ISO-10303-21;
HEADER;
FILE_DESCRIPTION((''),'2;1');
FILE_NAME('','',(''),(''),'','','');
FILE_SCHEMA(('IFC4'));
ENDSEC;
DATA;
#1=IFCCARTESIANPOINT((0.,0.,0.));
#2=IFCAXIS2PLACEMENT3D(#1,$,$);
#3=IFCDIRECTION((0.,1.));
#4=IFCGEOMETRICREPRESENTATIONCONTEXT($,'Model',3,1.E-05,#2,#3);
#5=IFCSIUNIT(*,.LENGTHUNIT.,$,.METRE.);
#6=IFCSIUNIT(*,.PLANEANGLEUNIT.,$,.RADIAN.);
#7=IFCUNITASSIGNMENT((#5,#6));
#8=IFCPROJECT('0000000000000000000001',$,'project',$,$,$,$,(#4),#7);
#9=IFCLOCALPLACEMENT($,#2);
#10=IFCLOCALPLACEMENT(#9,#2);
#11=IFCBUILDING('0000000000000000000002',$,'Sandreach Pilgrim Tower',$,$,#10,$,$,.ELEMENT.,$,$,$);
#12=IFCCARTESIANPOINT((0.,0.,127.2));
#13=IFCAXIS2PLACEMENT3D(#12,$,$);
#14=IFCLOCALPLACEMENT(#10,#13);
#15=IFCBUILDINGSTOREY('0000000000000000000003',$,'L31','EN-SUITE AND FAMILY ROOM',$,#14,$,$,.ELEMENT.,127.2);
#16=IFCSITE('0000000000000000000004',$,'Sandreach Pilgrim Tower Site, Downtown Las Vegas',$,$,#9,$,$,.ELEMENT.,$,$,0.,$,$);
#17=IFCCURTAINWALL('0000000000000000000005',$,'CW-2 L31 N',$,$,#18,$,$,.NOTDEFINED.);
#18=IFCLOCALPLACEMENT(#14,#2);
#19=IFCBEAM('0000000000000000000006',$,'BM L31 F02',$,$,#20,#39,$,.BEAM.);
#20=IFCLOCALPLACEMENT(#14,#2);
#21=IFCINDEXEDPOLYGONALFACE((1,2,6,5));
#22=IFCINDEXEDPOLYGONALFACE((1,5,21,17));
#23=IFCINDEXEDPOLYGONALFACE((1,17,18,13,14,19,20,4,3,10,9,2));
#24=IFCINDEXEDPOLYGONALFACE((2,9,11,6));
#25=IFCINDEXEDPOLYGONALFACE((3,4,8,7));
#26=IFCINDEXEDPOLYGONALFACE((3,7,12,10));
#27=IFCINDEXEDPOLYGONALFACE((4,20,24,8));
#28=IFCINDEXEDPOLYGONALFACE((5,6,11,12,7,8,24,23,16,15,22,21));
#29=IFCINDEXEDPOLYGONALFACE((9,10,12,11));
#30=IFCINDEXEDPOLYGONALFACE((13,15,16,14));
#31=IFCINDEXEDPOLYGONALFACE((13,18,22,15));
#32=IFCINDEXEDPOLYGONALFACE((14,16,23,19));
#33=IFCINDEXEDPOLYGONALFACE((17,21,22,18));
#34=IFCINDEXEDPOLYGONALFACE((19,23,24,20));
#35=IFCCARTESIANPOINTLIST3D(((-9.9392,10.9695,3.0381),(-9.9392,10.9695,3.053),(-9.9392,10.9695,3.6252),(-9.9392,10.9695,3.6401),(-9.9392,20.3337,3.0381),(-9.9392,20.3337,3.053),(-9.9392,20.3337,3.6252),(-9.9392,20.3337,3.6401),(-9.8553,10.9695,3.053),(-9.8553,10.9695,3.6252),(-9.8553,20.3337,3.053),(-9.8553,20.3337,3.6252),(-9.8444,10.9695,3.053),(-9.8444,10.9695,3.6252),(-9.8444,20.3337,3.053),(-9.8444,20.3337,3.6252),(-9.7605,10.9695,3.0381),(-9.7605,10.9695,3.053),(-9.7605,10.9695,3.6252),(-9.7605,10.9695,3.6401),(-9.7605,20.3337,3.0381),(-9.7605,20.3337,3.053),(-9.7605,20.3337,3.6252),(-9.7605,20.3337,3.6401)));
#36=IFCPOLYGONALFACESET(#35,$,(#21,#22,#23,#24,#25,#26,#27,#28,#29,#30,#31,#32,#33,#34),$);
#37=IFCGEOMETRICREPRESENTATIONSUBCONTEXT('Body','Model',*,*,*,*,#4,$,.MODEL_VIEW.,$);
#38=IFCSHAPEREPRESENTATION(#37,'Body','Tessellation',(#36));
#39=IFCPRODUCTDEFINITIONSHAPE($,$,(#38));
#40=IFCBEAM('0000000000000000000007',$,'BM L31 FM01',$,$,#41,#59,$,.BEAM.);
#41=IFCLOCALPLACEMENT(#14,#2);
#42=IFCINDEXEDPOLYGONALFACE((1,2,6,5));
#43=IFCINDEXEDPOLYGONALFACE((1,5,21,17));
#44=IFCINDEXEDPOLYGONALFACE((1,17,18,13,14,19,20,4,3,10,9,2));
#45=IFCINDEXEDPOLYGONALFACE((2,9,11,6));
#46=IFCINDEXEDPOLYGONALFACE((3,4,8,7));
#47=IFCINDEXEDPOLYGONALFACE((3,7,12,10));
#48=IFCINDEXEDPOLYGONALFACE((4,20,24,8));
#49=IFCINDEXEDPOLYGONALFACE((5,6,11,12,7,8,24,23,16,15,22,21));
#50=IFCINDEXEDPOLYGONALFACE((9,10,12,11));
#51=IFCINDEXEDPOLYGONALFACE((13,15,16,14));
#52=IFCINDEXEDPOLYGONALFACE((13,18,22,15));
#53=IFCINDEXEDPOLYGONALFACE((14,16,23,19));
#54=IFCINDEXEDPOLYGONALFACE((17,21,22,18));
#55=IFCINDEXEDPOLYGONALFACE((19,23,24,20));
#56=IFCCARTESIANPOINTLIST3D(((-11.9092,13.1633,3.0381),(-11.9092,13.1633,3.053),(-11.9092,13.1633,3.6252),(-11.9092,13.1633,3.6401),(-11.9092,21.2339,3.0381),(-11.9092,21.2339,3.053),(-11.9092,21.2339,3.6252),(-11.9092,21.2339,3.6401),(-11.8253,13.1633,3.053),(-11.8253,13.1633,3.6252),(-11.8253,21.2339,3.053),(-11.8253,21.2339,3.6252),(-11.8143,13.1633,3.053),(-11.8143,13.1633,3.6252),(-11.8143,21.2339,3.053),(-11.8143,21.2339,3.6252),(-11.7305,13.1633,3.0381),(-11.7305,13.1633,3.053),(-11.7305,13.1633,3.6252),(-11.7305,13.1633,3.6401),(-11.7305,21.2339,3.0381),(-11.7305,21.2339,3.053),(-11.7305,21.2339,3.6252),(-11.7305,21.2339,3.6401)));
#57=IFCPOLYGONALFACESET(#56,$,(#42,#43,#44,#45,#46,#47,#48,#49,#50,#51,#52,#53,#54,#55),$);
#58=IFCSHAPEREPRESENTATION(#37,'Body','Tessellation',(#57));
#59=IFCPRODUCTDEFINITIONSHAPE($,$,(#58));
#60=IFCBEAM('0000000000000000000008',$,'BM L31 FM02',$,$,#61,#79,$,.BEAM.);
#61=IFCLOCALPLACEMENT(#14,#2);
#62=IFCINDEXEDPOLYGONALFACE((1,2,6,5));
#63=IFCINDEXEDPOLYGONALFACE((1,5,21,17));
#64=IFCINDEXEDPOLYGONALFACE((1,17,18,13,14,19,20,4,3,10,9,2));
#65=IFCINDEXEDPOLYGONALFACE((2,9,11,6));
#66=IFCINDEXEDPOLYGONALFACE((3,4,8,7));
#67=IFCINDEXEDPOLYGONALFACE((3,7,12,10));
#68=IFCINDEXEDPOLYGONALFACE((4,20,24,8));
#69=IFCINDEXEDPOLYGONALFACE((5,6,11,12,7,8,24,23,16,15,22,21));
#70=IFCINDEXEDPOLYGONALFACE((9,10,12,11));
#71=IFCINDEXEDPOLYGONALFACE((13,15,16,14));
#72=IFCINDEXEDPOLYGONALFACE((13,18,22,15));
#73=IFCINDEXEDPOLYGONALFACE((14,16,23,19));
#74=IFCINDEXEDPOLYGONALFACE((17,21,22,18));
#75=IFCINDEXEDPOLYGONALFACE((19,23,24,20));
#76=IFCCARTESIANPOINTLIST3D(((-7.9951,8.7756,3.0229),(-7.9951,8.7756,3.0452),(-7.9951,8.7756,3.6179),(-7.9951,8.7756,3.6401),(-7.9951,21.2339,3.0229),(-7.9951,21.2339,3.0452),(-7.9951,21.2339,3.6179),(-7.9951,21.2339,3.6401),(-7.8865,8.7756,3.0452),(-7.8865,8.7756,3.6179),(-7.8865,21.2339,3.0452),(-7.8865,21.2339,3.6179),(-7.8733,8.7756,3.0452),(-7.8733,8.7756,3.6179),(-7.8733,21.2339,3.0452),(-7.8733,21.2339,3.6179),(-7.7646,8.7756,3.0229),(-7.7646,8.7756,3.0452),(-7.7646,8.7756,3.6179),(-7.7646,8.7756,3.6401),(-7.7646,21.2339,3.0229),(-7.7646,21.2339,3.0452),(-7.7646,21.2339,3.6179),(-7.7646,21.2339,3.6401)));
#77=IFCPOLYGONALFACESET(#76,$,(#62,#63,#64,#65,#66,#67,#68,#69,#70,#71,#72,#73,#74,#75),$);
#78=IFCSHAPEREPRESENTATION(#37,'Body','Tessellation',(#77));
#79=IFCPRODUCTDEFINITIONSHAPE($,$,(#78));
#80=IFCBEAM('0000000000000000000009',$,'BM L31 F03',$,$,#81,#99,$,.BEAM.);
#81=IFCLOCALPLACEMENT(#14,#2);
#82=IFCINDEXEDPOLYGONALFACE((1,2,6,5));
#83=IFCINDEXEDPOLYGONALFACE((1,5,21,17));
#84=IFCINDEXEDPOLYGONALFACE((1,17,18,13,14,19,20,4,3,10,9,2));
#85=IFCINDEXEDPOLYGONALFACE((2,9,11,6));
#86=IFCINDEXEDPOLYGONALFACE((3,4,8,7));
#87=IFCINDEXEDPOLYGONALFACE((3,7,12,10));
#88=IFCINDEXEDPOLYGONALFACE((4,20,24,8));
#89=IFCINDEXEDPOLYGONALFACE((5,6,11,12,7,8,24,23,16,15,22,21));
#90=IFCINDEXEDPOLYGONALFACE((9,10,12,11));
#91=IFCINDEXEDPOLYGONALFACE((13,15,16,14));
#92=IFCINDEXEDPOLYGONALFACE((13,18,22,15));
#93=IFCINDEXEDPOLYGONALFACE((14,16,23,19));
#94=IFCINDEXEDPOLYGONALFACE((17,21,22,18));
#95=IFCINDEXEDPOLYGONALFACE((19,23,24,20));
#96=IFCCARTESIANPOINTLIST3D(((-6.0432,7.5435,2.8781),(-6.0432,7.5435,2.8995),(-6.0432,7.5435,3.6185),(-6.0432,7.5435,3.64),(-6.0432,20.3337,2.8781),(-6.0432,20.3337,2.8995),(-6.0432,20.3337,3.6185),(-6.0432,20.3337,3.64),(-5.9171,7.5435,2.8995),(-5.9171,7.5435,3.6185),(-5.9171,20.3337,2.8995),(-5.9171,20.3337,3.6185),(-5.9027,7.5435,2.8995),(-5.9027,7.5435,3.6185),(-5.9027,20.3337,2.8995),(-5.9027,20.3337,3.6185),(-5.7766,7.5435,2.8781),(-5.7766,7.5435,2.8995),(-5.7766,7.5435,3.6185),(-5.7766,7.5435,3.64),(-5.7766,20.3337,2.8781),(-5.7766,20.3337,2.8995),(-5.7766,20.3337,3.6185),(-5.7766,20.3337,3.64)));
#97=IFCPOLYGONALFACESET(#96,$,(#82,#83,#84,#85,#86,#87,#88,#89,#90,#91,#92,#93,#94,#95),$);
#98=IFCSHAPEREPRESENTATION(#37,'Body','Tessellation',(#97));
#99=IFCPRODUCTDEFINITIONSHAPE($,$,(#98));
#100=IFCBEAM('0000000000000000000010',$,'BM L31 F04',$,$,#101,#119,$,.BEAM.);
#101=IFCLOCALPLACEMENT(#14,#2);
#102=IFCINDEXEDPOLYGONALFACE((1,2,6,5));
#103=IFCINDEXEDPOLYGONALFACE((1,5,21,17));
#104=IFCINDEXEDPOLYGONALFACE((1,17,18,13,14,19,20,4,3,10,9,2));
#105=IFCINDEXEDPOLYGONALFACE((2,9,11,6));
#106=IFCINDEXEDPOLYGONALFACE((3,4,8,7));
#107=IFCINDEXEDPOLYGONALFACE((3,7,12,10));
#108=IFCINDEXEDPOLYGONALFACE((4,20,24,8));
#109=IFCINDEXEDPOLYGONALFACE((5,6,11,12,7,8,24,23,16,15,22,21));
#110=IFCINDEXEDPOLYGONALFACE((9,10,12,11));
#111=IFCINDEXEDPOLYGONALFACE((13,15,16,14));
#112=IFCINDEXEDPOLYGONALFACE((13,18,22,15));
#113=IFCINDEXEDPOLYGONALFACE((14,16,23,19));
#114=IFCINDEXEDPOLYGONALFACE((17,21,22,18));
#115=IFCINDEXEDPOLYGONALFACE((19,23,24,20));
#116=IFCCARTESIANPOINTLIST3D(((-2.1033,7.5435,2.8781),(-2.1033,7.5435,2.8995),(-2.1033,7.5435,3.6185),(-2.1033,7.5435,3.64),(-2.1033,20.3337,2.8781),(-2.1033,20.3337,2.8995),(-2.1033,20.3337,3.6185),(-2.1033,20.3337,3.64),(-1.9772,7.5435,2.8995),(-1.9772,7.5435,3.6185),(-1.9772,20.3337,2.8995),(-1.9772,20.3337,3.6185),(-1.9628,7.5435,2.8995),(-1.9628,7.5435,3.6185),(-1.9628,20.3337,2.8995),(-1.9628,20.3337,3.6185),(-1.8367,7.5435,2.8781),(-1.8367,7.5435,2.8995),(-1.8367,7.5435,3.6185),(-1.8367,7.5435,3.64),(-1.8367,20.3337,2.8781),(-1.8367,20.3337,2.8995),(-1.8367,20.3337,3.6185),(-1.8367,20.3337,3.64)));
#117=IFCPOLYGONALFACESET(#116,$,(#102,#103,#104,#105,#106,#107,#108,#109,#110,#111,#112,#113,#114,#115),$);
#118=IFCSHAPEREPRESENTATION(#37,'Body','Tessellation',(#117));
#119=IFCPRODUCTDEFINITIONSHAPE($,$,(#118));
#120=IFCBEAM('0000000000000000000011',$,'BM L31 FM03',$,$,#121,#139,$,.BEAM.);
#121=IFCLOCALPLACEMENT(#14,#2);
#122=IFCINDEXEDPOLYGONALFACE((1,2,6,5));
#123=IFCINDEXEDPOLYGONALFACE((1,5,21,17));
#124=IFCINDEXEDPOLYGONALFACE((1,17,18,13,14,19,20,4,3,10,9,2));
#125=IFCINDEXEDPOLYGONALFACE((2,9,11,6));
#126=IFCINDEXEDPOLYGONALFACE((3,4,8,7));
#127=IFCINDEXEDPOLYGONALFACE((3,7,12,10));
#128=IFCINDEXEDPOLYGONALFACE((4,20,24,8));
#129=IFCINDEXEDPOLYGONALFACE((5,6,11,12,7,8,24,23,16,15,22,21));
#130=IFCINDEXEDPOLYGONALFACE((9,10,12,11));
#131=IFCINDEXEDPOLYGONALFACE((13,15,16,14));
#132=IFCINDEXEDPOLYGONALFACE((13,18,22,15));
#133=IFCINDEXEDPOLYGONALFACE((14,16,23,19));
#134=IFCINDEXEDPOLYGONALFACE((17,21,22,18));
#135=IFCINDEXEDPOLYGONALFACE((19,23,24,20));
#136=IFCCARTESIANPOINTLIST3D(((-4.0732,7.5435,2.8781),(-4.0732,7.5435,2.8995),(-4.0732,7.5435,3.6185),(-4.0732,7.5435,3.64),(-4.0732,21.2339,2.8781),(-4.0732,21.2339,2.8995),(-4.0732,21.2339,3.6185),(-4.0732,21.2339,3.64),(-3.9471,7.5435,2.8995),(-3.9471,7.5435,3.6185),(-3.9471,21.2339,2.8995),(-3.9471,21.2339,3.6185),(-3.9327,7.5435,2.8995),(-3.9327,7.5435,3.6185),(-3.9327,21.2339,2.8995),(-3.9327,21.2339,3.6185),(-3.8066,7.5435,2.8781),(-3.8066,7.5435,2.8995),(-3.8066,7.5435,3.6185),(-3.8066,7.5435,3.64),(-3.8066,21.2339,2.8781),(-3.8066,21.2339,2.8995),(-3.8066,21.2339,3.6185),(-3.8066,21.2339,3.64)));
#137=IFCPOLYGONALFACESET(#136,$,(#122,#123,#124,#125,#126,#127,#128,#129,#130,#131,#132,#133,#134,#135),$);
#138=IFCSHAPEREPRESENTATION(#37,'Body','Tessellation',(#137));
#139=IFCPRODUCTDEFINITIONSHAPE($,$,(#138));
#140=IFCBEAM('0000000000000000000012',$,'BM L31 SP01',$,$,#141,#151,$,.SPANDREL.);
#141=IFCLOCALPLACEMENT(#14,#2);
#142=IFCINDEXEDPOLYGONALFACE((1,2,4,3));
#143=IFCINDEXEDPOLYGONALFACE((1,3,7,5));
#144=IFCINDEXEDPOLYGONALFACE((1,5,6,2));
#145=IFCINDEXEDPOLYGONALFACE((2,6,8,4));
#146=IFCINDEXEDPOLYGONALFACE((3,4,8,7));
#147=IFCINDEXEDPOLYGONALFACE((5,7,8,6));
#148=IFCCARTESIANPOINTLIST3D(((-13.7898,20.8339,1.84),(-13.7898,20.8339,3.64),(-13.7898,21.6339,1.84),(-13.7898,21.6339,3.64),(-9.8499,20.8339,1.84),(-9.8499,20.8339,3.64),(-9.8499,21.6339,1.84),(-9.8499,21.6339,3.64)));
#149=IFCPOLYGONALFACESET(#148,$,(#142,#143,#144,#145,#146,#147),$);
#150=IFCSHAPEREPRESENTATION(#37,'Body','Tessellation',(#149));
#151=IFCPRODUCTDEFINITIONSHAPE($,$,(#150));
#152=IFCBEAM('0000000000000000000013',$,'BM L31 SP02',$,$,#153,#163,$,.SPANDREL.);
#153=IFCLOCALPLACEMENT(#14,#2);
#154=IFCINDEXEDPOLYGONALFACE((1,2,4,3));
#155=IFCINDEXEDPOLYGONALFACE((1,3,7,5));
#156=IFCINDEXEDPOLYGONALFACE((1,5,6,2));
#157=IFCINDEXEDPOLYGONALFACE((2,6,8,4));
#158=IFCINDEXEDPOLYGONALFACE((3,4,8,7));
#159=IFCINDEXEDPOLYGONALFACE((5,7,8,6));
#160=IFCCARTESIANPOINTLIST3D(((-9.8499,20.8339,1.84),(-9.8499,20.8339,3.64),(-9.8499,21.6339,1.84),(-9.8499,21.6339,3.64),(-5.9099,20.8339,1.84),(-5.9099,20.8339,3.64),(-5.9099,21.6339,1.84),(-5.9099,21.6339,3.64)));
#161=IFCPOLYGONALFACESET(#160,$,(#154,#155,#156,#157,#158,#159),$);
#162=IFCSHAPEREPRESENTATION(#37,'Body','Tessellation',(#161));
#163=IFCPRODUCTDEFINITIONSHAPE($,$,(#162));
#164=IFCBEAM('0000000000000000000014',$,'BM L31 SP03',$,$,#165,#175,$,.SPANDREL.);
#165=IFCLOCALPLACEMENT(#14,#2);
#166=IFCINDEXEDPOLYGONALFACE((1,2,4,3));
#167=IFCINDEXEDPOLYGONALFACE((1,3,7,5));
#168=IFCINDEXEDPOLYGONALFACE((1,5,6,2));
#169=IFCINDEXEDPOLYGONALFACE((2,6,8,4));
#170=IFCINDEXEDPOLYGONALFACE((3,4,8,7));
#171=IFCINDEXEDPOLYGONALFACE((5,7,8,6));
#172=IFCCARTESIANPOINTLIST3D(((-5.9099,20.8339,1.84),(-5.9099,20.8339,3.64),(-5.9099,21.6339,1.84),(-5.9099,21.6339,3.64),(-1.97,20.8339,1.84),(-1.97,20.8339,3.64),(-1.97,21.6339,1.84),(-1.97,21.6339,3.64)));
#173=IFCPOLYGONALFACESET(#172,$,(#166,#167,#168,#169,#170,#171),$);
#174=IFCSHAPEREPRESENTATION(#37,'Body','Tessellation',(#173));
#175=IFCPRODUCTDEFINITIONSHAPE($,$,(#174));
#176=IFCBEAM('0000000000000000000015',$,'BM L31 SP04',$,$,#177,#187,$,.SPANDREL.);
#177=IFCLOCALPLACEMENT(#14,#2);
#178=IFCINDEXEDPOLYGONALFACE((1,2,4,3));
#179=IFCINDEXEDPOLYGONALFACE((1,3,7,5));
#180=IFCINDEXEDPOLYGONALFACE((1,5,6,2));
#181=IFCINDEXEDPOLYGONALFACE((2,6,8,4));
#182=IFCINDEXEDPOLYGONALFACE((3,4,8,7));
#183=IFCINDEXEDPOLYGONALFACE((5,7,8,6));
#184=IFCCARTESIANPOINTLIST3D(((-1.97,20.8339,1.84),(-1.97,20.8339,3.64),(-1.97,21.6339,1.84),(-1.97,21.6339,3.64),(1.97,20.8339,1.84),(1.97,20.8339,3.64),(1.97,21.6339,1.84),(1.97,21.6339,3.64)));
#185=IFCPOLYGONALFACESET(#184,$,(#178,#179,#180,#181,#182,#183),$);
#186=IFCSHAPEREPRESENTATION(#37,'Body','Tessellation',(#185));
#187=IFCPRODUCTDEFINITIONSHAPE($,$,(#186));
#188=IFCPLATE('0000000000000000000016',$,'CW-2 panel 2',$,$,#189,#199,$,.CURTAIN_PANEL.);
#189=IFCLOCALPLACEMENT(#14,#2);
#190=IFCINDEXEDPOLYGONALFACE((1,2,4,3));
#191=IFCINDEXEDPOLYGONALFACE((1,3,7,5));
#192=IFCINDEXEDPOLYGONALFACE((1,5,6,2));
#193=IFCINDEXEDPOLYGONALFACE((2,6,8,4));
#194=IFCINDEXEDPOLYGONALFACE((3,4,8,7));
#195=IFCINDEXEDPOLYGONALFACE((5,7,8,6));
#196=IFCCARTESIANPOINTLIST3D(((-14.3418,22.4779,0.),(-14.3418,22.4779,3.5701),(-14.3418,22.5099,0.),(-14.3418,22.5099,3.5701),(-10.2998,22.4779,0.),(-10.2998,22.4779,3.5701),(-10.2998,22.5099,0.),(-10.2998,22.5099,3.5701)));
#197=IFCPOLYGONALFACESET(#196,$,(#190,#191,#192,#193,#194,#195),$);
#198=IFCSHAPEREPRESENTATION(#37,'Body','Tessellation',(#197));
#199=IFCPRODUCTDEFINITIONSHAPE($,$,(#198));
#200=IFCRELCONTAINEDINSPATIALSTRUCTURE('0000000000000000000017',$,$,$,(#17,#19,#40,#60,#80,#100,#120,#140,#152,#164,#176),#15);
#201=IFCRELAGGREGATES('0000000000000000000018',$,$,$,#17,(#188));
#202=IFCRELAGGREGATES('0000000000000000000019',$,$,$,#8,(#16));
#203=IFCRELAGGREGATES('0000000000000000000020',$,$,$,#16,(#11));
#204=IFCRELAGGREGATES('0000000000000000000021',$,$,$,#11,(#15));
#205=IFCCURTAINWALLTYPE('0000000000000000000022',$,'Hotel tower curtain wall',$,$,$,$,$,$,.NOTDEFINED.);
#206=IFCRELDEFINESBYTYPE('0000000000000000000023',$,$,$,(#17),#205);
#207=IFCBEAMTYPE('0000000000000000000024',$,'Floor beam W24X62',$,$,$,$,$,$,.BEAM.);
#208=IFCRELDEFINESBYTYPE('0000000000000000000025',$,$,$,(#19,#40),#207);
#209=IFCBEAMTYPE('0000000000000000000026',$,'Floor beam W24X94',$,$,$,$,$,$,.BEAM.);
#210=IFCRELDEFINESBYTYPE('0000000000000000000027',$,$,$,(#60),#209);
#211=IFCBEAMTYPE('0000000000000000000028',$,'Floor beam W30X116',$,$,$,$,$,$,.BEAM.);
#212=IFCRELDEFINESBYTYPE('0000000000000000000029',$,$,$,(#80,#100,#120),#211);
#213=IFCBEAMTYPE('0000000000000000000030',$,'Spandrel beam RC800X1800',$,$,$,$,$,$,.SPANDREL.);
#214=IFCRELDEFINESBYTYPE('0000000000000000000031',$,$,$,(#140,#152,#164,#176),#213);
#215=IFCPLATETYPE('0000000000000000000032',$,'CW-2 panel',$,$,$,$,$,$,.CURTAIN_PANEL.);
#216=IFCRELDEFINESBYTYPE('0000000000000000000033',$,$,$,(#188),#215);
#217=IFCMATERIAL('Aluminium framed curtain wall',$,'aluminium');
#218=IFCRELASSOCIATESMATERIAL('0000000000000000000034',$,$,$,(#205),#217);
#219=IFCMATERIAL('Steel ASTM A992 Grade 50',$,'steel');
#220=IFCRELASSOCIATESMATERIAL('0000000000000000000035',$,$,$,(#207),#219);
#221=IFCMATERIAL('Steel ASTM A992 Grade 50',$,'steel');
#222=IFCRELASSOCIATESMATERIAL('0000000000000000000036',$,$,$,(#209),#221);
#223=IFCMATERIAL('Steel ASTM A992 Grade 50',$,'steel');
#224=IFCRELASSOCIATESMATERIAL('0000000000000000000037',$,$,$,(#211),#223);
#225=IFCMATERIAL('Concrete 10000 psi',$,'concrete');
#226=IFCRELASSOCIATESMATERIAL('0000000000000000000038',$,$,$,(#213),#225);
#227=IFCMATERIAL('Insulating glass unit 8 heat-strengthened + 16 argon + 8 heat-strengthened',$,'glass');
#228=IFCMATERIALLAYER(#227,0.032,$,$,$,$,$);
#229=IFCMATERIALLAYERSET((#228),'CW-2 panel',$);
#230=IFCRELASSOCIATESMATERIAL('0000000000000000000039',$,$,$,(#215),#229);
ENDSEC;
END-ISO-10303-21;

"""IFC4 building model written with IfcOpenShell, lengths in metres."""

from ifc_helpers import new_model, si_unit, direction, frame, origin, origin_2d, place, context, subcontext, project, spatial, rectangle, i_section, extrude, material, layer, layer_set, material_profile, profile_set, type_object, element, aggregate, save


model = new_model("IFC4")

# Units and contexts
model_context = context("Model", 3, precision=1e-05, world=origin(), true_north=direction((0.0, 1.0)))
body_context = subcontext(model_context, "Body", "Model", "MODEL_VIEW")
ifc_project = project(units=[si_unit("LENGTHUNIT", "METRE"), si_unit("PLANEANGLEUNIT", "RADIAN")], contexts=[model_context])

# Site, building, storey
site_placement = place(None, origin())
site = spatial("IfcSite", under=ifc_project, at=site_placement, Name="Sandreach Pilgrim Tower Site, Downtown Las Vegas", CompositionType="ELEMENT", RefElevation=0.0)
building_placement = place(site_placement, origin())
building = spatial("IfcBuilding", under=site, at=building_placement, Name="Sandreach Pilgrim Tower", CompositionType="ELEMENT")
storey_placement = place(building_placement, frame((0.0, 0.0, 127.2)))
storey = spatial("IfcBuildingStorey", under=building, at=storey_placement, Name="L31", Description="EN-SUITE AND FAMILY ROOM", CompositionType="ELEMENT", Elevation=127.2)

# Curtain wall
ifc_material_1 = material(Name="Aluminium framed curtain wall", Category="aluminium")
curtain_wall_type = type_object("IfcCurtainWallType", Name="Hotel tower curtain wall", PredefinedType="NOTDEFINED", material=ifc_material_1)
curtain_wall_placement = place(storey_placement, origin())
curtain_wall = element("IfcCurtainWall", 1, at=curtain_wall_placement, inside=storey, type_object=curtain_wall_type, Name="CW-2 L31 N", PredefinedType="NOTDEFINED")

# Beams
ifc_material_2 = material(Name="Steel ASTM A992 Grade 50", Category="steel")
ifc_material_profile_1 = material_profile(ifc_material_2, i_section(OverallWidth=0.1787, OverallDepth=0.6021, WebThickness=0.011, FlangeThickness=0.0149, at=origin_2d()), Name="W24X62")
ifc_profile_set_1 = profile_set([ifc_material_profile_1], Name="Steel ASTM A992 Grade 50")
beam_type_1 = type_object("IfcBeamType", Name="Floor beam W24X62", PredefinedType="BEAM", material=ifc_profile_set_1)
beam_1_placement = place(storey_placement, frame((-9.8499, 20.3337, 3.3391), z_axis=(0.0, -1.0, 0.0), x_axis=(1.0, 0.0, 0.0)))
element("IfcBeam", 2, at=beam_1_placement, inside=storey, type_object=beam_type_1, Name="BM L31 F02", PredefinedType="BEAM", context=body_context, shape_type="SweptSolid", body=[
    extrude(i_section(OverallWidth=0.1787, OverallDepth=0.6021, WebThickness=0.011, FlangeThickness=0.0149, at=origin_2d()), origin(), (0.0, 0.0, 1.0), 9.3643),
])
beam_2_placement = place(storey_placement, frame((-11.8198, 21.2339, 3.3391), z_axis=(0.0, -1.0, 0.0), x_axis=(1.0, 0.0, 0.0)))
element("IfcBeam", 3, at=beam_2_placement, inside=storey, type_object=beam_type_1, Name="BM L31 FM01", PredefinedType="BEAM", context=body_context, shape_type="SweptSolid", body=[
    extrude(i_section(OverallWidth=0.1787, OverallDepth=0.6021, WebThickness=0.011, FlangeThickness=0.0149, at=origin_2d()), origin(), (0.0, 0.0, 1.0), 8.0706),
])
ifc_material_3 = material(Name="Steel ASTM A992 Grade 50", Category="steel")
ifc_material_profile_2 = material_profile(ifc_material_3, i_section(OverallWidth=0.2305, OverallDepth=0.6172, WebThickness=0.0132, FlangeThickness=0.0222, at=origin_2d()), Name="W24X94")
ifc_profile_set_2 = profile_set([ifc_material_profile_2], Name="Steel ASTM A992 Grade 50")
beam_type_2 = type_object("IfcBeamType", Name="Floor beam W24X94", PredefinedType="BEAM", material=ifc_profile_set_2)
beam_3_placement = place(storey_placement, frame((-7.8799, 21.2339, 3.3315), z_axis=(0.0, -1.0, 0.0), x_axis=(1.0, 0.0, 0.0)))
element("IfcBeam", 4, at=beam_3_placement, inside=storey, type_object=beam_type_2, Name="BM L31 FM02", PredefinedType="BEAM", context=body_context, shape_type="SweptSolid", body=[
    extrude(i_section(OverallWidth=0.2305, OverallDepth=0.6172, WebThickness=0.0132, FlangeThickness=0.0222, at=origin_2d()), origin(), (0.0, 0.0, 1.0), 12.4583),
])
ifc_material_4 = material(Name="Steel ASTM A992 Grade 50", Category="steel")
ifc_material_profile_3 = material_profile(ifc_material_4, i_section(OverallWidth=0.2666, OverallDepth=0.762, WebThickness=0.0144, FlangeThickness=0.0215, at=origin_2d()), Name="W30X116")
ifc_profile_set_3 = profile_set([ifc_material_profile_3], Name="Steel ASTM A992 Grade 50")
beam_type_3 = type_object("IfcBeamType", Name="Floor beam W30X116", PredefinedType="BEAM", material=ifc_profile_set_3)
for number, where, z_axis, x_axis, name in (
    (5, (-5.9099, 20.3337, 3.259), (0.0, -1.0, 0.0), (1.0, 0.0, 0.0), "BM L31 F03"),
    (6, (-1.97, 20.3337, 3.259), (0.0, -1.0, 0.0), (1.0, 0.0, 0.0), "BM L31 F04"),
):
    element("IfcBeam", number, at=place(storey_placement, frame(where, z_axis=z_axis, x_axis=x_axis)), inside=storey, type_object=beam_type_3, Name=name, PredefinedType="BEAM", context=body_context, shape_type="SweptSolid", body=[
        extrude(i_section(OverallWidth=0.2666, OverallDepth=0.762, WebThickness=0.0144, FlangeThickness=0.0215, at=origin_2d()), origin(), (0.0, 0.0, 1.0), 12.7903),
    ])
beam_4_placement = place(storey_placement, frame((-3.9399, 21.2339, 3.259), z_axis=(0.0, -1.0, 0.0), x_axis=(1.0, 0.0, 0.0)))
element("IfcBeam", 7, at=beam_4_placement, inside=storey, type_object=beam_type_3, Name="BM L31 FM03", PredefinedType="BEAM", context=body_context, shape_type="SweptSolid", body=[
    extrude(i_section(OverallWidth=0.2666, OverallDepth=0.762, WebThickness=0.0144, FlangeThickness=0.0215, at=origin_2d()), origin(), (0.0, 0.0, 1.0), 13.6904),
])
ifc_material_5 = material(Name="Concrete 10000 psi", Category="concrete")
ifc_material_profile_4 = material_profile(ifc_material_5, rectangle(XDim=0.8, YDim=1.8, at=origin_2d()), Name="RC800X1800")
ifc_profile_set_4 = profile_set([ifc_material_profile_4], Name="Concrete 10000 psi")
beam_type_4 = type_object("IfcBeamType", Name="Spandrel beam RC800X1800", PredefinedType="SPANDREL", material=ifc_profile_set_4)
for number, where, z_axis, x_axis, name in (
    (8, (-13.7898, 21.2339, 2.74), (1.0, 0.0, 0.0), (0.0, 1.0, 0.0), "BM L31 SP01"),
    (9, (-9.8499, 21.2339, 2.74), (1.0, 0.0, 0.0), (0.0, 1.0, 0.0), "BM L31 SP02"),
    (10, (-5.9099, 21.2339, 2.74), (1.0, 0.0, 0.0), (0.0, 1.0, 0.0), "BM L31 SP03"),
    (11, (-1.97, 21.2339, 2.74), (1.0, 0.0, 0.0), (0.0, 1.0, 0.0), "BM L31 SP04"),
):
    element("IfcBeam", number, at=place(storey_placement, frame(where, z_axis=z_axis, x_axis=x_axis)), inside=storey, type_object=beam_type_4, Name=name, PredefinedType="SPANDREL", context=body_context, shape_type="SweptSolid", body=[
        extrude(rectangle(XDim=0.8, YDim=1.8, at=origin_2d()), origin(), (0.0, 0.0, 1.0), 3.9399),
    ])

# Plate
ifc_material_6 = material(Name="Insulating glass unit 8 heat-strengthened + 16 argon + 8 heat-strengthened", Category="glass")
ifc_layer_1 = layer(ifc_material_6, 0.032)
ifc_layer_set_1 = layer_set([ifc_layer_1], Name="CW-2 panel")
plate_type = type_object("IfcPlateType", Name="CW-2 panel", PredefinedType="CURTAIN_PANEL", material=ifc_layer_set_1)
plate_1_placement = place(storey_placement, frame((-12.3208, 22.4939, 0.0), z_axis=(0.0, 0.0, 1.0), x_axis=(1.0, 0.0, 0.0)))
plate_1 = element("IfcPlate", 12, at=plate_1_placement, type_object=plate_type, Name="CW-2 panel 2", PredefinedType="CURTAIN_PANEL", context=body_context, shape_type="SweptSolid", body=[
    extrude(rectangle(XDim=4.042, YDim=0.032, at=origin_2d()), origin(), (0.0, 0.0, 1.0), 3.5701),
])
aggregate(curtain_wall, [plate_1])

save(model, "model.ifc")
